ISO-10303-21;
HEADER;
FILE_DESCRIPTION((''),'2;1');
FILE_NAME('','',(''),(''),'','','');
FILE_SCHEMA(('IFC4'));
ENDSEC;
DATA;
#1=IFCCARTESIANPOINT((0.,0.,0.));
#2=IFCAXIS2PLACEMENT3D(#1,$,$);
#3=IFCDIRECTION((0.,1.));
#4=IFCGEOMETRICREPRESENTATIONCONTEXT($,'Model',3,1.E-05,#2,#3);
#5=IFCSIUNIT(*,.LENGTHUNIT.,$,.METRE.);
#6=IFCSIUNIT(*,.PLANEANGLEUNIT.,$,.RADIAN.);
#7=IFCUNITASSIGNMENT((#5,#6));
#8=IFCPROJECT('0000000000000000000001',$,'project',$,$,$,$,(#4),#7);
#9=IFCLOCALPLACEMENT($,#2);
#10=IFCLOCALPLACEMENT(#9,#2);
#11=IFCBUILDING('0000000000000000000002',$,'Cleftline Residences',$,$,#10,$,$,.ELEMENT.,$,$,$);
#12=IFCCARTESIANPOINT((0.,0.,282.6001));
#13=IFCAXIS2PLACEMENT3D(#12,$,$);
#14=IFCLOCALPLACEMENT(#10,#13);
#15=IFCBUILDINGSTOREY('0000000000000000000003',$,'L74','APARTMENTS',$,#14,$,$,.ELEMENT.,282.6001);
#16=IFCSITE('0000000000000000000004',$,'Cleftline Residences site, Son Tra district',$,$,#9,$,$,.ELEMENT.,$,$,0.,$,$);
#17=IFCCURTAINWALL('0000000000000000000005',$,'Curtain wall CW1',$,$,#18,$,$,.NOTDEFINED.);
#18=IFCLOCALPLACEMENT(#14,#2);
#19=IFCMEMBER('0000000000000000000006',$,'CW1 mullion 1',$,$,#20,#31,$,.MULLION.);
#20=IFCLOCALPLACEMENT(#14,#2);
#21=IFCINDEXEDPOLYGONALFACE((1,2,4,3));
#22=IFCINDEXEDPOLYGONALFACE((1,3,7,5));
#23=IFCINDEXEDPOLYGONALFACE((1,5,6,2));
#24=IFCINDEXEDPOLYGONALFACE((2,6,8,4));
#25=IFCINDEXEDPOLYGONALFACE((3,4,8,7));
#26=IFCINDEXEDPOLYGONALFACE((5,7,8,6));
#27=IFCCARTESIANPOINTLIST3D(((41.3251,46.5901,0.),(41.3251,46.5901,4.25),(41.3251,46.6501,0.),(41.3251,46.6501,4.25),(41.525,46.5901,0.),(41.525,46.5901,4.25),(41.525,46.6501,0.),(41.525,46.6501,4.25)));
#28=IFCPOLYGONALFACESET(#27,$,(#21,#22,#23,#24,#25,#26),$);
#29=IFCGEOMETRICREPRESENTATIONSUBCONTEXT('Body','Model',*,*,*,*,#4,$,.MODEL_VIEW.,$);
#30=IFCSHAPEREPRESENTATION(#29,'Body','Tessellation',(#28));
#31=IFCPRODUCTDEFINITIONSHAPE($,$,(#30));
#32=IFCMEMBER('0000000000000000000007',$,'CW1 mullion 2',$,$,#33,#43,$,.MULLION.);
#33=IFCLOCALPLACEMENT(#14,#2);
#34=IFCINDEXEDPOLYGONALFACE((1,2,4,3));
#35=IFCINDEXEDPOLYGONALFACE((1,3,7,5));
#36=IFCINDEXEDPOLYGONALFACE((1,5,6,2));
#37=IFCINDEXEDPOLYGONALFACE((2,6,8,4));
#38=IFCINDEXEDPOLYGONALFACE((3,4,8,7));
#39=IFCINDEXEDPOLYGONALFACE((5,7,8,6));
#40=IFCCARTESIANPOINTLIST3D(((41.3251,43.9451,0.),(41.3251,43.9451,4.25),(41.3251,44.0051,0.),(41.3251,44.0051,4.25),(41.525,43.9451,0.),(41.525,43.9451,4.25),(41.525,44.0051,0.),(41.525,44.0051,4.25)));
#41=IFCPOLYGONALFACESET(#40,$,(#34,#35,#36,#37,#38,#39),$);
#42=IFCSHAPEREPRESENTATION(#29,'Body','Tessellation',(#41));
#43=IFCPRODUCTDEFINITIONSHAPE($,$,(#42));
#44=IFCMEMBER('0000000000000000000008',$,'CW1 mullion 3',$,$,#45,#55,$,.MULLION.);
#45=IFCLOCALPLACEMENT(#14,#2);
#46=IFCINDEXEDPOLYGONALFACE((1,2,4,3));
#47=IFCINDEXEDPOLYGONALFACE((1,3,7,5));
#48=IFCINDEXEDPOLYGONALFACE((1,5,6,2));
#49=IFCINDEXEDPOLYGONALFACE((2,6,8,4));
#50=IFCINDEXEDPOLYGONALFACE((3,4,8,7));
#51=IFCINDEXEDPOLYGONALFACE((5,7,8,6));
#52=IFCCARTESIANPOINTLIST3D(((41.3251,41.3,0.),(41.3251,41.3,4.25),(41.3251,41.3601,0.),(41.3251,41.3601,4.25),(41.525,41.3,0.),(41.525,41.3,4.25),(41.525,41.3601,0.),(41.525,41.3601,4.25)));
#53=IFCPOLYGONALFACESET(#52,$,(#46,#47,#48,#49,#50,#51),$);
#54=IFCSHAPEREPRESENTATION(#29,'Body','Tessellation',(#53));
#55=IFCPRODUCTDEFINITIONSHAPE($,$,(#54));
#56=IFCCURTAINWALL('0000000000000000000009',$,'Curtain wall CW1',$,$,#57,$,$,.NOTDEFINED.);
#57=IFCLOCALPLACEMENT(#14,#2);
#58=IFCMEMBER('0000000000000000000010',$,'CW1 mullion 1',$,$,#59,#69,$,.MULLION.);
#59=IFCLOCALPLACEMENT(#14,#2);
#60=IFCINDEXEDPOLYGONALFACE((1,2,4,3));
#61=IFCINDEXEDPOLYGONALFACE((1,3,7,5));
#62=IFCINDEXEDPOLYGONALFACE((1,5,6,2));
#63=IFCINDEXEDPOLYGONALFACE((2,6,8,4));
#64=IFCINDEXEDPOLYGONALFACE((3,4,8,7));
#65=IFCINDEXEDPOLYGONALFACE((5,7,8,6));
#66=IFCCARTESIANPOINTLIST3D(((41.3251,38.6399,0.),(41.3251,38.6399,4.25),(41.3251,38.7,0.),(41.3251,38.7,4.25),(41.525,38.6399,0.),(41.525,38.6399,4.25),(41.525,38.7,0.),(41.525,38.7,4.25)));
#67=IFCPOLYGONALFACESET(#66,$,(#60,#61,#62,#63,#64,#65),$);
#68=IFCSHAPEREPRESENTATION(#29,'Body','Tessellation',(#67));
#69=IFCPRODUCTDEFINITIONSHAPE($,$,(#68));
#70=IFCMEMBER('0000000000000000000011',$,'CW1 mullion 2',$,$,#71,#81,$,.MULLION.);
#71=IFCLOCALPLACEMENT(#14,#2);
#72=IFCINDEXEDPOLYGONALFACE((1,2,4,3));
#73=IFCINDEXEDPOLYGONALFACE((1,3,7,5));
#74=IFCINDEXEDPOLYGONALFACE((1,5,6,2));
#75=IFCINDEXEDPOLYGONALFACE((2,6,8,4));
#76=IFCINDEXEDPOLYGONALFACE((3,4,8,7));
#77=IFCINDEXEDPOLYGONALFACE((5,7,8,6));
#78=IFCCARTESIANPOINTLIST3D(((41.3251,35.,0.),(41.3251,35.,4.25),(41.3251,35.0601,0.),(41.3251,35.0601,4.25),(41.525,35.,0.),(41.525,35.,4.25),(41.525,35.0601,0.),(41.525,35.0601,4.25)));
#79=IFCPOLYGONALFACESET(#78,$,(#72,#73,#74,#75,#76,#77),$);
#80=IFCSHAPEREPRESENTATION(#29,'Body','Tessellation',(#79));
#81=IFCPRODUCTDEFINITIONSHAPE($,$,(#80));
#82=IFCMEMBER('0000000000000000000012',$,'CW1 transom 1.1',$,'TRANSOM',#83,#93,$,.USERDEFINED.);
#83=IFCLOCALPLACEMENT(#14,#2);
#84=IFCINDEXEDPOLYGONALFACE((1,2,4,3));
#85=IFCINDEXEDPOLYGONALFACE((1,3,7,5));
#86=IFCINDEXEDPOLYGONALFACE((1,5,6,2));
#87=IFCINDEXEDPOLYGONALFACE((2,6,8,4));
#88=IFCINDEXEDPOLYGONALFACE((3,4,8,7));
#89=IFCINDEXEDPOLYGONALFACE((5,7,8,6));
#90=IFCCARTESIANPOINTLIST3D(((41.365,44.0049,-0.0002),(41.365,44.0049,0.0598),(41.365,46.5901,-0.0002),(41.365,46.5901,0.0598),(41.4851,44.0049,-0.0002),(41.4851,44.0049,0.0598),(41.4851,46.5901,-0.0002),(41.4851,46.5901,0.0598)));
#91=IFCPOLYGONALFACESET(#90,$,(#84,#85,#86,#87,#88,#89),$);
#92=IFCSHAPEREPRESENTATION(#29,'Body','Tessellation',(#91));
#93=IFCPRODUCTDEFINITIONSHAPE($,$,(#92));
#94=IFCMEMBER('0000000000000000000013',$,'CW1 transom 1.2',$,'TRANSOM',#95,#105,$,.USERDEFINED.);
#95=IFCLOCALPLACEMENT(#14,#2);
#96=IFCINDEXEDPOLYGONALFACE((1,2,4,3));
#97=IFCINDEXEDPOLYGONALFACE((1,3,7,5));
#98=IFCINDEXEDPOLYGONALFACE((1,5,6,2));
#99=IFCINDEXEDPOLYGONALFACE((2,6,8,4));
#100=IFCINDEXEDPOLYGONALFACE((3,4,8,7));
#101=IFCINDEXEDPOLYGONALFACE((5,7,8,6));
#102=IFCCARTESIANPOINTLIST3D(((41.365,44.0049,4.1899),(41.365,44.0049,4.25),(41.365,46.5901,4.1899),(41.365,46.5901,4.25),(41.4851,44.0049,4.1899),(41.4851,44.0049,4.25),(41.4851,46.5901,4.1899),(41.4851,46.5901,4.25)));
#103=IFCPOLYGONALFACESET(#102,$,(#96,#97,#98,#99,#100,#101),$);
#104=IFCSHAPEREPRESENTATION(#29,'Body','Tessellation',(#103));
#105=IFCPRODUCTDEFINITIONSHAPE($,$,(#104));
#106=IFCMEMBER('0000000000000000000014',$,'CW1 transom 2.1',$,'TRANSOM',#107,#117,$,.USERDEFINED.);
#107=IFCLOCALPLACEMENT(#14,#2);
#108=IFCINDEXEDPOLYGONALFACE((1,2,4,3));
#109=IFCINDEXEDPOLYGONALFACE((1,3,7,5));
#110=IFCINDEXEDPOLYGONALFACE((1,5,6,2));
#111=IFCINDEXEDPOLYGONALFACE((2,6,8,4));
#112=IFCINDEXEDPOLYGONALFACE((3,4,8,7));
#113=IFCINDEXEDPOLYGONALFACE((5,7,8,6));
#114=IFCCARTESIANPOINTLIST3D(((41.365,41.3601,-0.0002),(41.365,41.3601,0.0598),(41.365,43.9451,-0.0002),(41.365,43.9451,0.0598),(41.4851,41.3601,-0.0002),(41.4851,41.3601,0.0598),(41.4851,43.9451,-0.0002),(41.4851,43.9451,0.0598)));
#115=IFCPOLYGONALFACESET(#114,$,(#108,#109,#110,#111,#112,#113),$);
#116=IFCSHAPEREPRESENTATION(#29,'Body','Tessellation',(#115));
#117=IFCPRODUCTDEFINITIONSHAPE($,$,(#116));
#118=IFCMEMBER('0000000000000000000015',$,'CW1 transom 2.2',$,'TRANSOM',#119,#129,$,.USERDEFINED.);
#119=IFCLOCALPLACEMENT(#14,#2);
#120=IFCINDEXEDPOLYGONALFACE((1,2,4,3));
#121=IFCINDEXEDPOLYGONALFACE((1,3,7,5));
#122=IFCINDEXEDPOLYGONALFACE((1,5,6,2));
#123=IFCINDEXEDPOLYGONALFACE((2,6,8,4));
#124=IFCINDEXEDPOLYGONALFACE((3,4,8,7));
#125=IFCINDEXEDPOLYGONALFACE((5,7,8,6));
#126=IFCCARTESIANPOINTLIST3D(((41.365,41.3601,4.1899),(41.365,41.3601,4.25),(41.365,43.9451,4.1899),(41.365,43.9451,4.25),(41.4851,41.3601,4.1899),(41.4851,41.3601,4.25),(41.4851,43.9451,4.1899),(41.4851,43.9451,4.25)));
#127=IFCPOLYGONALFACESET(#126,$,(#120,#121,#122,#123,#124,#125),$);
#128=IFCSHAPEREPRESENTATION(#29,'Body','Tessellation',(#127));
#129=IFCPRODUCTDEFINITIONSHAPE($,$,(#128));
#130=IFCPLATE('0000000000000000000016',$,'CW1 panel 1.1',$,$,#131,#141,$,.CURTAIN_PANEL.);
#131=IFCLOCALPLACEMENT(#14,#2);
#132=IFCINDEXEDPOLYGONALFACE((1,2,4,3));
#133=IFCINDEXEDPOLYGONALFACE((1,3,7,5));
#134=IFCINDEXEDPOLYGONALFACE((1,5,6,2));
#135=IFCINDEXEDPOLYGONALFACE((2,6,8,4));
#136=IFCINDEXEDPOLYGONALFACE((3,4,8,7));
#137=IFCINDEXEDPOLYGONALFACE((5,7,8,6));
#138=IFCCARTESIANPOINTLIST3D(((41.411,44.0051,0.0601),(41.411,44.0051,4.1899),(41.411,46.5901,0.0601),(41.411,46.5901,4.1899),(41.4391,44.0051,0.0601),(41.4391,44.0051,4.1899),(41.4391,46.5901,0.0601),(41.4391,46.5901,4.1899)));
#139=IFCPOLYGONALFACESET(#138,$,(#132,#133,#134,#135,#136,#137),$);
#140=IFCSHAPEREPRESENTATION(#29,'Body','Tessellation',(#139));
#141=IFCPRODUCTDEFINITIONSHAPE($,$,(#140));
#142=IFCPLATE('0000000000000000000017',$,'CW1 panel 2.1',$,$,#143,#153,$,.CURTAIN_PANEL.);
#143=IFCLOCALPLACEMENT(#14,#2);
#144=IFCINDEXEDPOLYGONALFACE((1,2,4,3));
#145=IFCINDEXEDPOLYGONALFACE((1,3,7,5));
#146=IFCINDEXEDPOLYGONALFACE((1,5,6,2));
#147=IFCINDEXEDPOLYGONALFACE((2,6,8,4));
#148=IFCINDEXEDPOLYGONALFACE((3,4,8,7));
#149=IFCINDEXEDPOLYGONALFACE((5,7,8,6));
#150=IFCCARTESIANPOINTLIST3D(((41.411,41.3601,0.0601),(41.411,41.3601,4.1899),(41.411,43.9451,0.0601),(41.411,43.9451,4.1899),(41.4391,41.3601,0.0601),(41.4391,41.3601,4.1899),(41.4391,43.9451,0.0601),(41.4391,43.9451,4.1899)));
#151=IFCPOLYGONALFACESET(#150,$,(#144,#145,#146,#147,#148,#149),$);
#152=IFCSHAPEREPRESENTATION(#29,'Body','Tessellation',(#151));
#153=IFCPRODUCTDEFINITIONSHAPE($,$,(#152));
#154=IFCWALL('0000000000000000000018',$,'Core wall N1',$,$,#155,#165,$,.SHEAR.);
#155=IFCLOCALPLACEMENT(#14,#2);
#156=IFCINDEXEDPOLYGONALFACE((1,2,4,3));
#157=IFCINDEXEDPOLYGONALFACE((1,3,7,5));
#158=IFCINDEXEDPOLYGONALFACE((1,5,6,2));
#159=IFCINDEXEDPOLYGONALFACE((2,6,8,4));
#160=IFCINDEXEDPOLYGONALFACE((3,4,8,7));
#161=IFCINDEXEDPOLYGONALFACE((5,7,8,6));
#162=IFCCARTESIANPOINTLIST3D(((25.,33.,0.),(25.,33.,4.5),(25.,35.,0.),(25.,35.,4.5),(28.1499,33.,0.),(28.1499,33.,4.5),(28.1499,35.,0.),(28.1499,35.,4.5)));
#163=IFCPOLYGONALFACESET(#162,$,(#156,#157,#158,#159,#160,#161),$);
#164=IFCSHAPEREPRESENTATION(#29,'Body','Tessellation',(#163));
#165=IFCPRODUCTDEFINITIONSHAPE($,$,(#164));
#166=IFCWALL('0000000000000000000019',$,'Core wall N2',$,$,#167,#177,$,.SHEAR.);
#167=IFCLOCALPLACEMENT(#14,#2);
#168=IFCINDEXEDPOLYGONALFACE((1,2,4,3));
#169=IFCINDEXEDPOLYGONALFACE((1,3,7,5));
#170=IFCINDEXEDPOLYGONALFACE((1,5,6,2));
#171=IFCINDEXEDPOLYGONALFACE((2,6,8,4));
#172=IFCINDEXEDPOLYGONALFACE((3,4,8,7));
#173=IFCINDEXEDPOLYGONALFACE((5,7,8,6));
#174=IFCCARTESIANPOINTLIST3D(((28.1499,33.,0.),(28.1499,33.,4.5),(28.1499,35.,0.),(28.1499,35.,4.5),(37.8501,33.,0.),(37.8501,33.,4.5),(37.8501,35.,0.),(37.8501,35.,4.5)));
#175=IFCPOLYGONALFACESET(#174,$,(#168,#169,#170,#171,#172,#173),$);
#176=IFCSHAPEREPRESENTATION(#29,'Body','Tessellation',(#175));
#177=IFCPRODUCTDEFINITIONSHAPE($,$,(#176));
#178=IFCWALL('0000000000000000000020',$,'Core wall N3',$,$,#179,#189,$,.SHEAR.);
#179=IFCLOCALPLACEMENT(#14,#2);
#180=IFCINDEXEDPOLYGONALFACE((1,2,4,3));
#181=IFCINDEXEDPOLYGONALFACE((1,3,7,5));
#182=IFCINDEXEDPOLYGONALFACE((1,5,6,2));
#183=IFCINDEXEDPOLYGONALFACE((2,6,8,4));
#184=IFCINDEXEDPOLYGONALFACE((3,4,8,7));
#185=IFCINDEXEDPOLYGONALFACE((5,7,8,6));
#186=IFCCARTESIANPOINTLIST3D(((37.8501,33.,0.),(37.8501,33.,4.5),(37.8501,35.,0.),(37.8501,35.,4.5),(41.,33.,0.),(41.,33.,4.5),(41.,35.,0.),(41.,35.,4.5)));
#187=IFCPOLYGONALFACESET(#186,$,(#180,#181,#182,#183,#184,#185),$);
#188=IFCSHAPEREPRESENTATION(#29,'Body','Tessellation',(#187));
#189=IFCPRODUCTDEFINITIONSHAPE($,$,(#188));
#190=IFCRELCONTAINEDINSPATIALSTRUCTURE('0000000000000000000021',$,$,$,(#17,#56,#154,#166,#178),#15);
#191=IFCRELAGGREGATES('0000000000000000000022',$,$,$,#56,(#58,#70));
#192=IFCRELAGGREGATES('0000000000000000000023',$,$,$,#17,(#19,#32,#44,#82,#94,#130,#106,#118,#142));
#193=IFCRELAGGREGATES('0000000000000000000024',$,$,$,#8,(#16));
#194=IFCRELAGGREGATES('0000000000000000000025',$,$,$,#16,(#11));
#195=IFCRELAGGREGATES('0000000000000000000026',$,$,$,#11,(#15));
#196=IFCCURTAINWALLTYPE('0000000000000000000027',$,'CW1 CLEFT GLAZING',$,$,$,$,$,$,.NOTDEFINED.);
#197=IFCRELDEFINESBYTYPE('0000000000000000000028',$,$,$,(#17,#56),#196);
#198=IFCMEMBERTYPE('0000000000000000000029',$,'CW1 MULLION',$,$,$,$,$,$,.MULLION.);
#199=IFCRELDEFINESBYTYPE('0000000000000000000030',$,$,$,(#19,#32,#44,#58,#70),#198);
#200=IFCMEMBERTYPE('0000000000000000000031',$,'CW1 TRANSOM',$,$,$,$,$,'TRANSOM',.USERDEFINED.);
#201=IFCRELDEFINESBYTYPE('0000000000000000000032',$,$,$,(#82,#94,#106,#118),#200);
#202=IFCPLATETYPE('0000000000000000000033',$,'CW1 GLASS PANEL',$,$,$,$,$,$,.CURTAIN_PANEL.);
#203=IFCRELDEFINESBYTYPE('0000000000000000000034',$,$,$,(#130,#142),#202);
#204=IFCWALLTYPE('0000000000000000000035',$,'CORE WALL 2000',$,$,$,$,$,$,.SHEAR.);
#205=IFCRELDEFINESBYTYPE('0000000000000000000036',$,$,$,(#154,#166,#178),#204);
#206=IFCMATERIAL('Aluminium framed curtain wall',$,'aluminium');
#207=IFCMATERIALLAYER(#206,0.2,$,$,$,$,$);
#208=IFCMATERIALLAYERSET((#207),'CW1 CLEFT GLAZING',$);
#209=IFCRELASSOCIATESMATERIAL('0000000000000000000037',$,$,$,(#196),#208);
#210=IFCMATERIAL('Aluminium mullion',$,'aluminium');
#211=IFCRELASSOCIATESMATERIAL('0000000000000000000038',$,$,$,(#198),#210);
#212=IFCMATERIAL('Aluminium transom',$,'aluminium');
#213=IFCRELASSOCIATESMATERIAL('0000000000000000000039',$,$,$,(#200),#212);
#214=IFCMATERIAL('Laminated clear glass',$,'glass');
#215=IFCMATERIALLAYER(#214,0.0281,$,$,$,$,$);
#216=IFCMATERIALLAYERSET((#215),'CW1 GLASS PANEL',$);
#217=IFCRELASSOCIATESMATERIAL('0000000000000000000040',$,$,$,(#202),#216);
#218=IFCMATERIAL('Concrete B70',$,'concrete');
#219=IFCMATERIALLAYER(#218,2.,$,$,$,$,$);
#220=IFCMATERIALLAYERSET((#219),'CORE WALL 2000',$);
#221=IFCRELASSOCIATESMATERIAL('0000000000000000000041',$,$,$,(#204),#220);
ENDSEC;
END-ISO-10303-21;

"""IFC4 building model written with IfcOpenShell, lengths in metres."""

from ifc_helpers import new_model, si_unit, direction, frame, frame_2d, origin, origin_2d, place, context, subcontext, project, spatial, rectangle, extrude, material, layer, layer_set, material_profile, profile_set, type_object, element, aggregate, save


model = new_model("IFC4")

# Units and contexts
model_context = context("Model", 3, precision=1e-05, world=origin(), true_north=direction((0.0, 1.0)))
body_context = subcontext(model_context, "Body", "Model", "MODEL_VIEW")
ifc_project = project(units=[si_unit("LENGTHUNIT", "METRE"), si_unit("PLANEANGLEUNIT", "RADIAN")], contexts=[model_context])

# Site, building, storey
site_placement = place(None, origin())
site = spatial("IfcSite", under=ifc_project, at=site_placement, Name="Cleftline Residences site, Son Tra district", CompositionType="ELEMENT", RefElevation=0.0)
building_placement = place(site_placement, origin())
building = spatial("IfcBuilding", under=site, at=building_placement, Name="Cleftline Residences", CompositionType="ELEMENT")
storey_placement = place(building_placement, frame((0.0, 0.0, 282.6001)))
storey = spatial("IfcBuildingStorey", under=building, at=storey_placement, Name="L74", Description="APARTMENTS", CompositionType="ELEMENT", Elevation=282.6001)

# Curtain walls, members
ifc_material_1 = material(Name="Aluminium framed curtain wall", Category="aluminium")
ifc_layer_1 = layer(ifc_material_1, 0.2)
ifc_layer_set_1 = layer_set([ifc_layer_1], Name="CW1 CLEFT GLAZING")
curtain_wall_type = type_object("IfcCurtainWallType", Name="CW1 CLEFT GLAZING", PredefinedType="NOTDEFINED", material=ifc_layer_set_1)
curtain_wall_1_placement = place(storey_placement, origin())
curtain_wall_1 = element("IfcCurtainWall", 1, at=curtain_wall_1_placement, inside=storey, type_object=curtain_wall_type, Name="Curtain wall CW1", PredefinedType="NOTDEFINED")
ifc_material_2 = material(Name="Aluminium mullion", Category="aluminium")
ifc_material_profile_1 = material_profile(ifc_material_2, rectangle(XDim=0.2, YDim=0.0601, at=origin_2d()))
ifc_profile_set_1 = profile_set([ifc_material_profile_1], Name="Aluminium mullion")
member_type_1 = type_object("IfcMemberType", Name="CW1 MULLION", PredefinedType="MULLION", material=ifc_profile_set_1)
member_1_placement = place(storey_placement, frame((41.425, 46.6201, 0.0), z_axis=(0.0, 0.0, 1.0), x_axis=(1.0, 0.0, 0.0)))
member_1 = element("IfcMember", 2, at=member_1_placement, type_object=member_type_1, Name="CW1 mullion 1", PredefinedType="MULLION", context=body_context, shape_type="SweptSolid", body=[
    extrude(rectangle(XDim=0.2, YDim=0.0601, at=origin_2d()), origin(), (0.0, 0.0, 1.0), 4.25),
])
member_2_placement = place(storey_placement, frame((41.425, 43.9751, 0.0), z_axis=(0.0, 0.0, 1.0), x_axis=(1.0, 0.0, 0.0)))
member_2 = element("IfcMember", 3, at=member_2_placement, type_object=member_type_1, Name="CW1 mullion 2", PredefinedType="MULLION", context=body_context, shape_type="SweptSolid", body=[
    extrude(rectangle(XDim=0.2, YDim=0.0601, at=origin_2d()), origin(), (0.0, 0.0, 1.0), 4.25),
])
member_3_placement = place(storey_placement, frame((41.425, 41.3301, 0.0), z_axis=(0.0, 0.0, 1.0), x_axis=(1.0, 0.0, 0.0)))
member_3 = element("IfcMember", 4, at=member_3_placement, type_object=member_type_1, Name="CW1 mullion 3", PredefinedType="MULLION", context=body_context, shape_type="SweptSolid", body=[
    extrude(rectangle(XDim=0.2, YDim=0.0601, at=origin_2d()), origin(), (0.0, 0.0, 1.0), 4.25),
])
curtain_wall_2_placement = place(storey_placement, origin())
curtain_wall_2 = element("IfcCurtainWall", 5, at=curtain_wall_2_placement, inside=storey, type_object=curtain_wall_type, Name="Curtain wall CW1", PredefinedType="NOTDEFINED")
member_4_placement = place(storey_placement, frame((41.425, 38.6699, 0.0), z_axis=(0.0, 0.0, 1.0), x_axis=(1.0, 0.0, 0.0)))
member_4 = element("IfcMember", 6, at=member_4_placement, type_object=member_type_1, Name="CW1 mullion 1", PredefinedType="MULLION", context=body_context, shape_type="SweptSolid", body=[
    extrude(rectangle(XDim=0.2, YDim=0.0601, at=origin_2d()), origin(), (0.0, 0.0, 1.0), 4.25),
])
member_5_placement = place(storey_placement, frame((41.425, 35.03, 0.0), z_axis=(0.0, 0.0, 1.0), x_axis=(1.0, 0.0, 0.0)))
member_5 = element("IfcMember", 7, at=member_5_placement, type_object=member_type_1, Name="CW1 mullion 2", PredefinedType="MULLION", context=body_context, shape_type="SweptSolid", body=[
    extrude(rectangle(XDim=0.2, YDim=0.0601, at=origin_2d()), origin(), (0.0, 0.0, 1.0), 4.25),
])
aggregate(curtain_wall_2, [member_4, member_5])

# Members
ifc_material_3 = material(Name="Aluminium transom", Category="aluminium")
ifc_material_profile_2 = material_profile(ifc_material_3, rectangle(XDim=0.1201, YDim=0.0601, at=origin_2d()))
ifc_profile_set_2 = profile_set([ifc_material_profile_2], Name="Aluminium transom")
member_type_2 = type_object("IfcMemberType", Name="CW1 TRANSOM", ElementType="TRANSOM", PredefinedType="USERDEFINED", material=ifc_profile_set_2)
member_6_placement = place(storey_placement, frame((41.425, 46.5901, 0.0298), z_axis=(0.0, -1.0, 0.0), x_axis=(1.0, 0.0, 0.0)))
member_6 = element("IfcMember", 8, at=member_6_placement, type_object=member_type_2, Name="CW1 transom 1.1", ObjectType="TRANSOM", PredefinedType="USERDEFINED", context=body_context, shape_type="SweptSolid", body=[
    extrude(rectangle(XDim=0.1201, YDim=0.0601, at=origin_2d()), origin(), (0.0, 0.0, 1.0), 2.5852),
])
member_7_placement = place(storey_placement, frame((41.425, 46.5901, 4.22), z_axis=(0.0, -1.0, 0.0), x_axis=(1.0, 0.0, 0.0)))
member_7 = element("IfcMember", 9, at=member_7_placement, type_object=member_type_2, Name="CW1 transom 1.2", ObjectType="TRANSOM", PredefinedType="USERDEFINED", context=body_context, shape_type="SweptSolid", body=[
    extrude(rectangle(XDim=0.1201, YDim=0.0601, at=origin_2d()), origin(), (0.0, 0.0, 1.0), 2.5852),
])
member_8_placement = place(storey_placement, frame((41.425, 43.9451, 0.0298), z_axis=(0.0, -1.0, 0.0), x_axis=(1.0, 0.0, 0.0)))
member_8 = element("IfcMember", 10, at=member_8_placement, type_object=member_type_2, Name="CW1 transom 2.1", ObjectType="TRANSOM", PredefinedType="USERDEFINED", context=body_context, shape_type="SweptSolid", body=[
    extrude(rectangle(XDim=0.1201, YDim=0.0601, at=origin_2d()), origin(), (0.0, 0.0, 1.0), 2.585),
])
member_9_placement = place(storey_placement, frame((41.425, 43.9451, 4.22), z_axis=(0.0, -1.0, 0.0), x_axis=(1.0, 0.0, 0.0)))
member_9 = element("IfcMember", 11, at=member_9_placement, type_object=member_type_2, Name="CW1 transom 2.2", ObjectType="TRANSOM", PredefinedType="USERDEFINED", context=body_context, shape_type="SweptSolid", body=[
    extrude(rectangle(XDim=0.1201, YDim=0.0601, at=origin_2d()), origin(), (0.0, 0.0, 1.0), 2.585),
])

# Plates
ifc_material_4 = material(Name="Laminated clear glass", Category="glass")
ifc_layer_2 = layer(ifc_material_4, 0.0281)
ifc_layer_set_2 = layer_set([ifc_layer_2], Name="CW1 GLASS PANEL")
plate_type = type_object("IfcPlateType", Name="CW1 GLASS PANEL", PredefinedType="CURTAIN_PANEL", material=ifc_layer_set_2)
plate_1_placement = place(storey_placement, frame((41.425, 45.2976, 0.0601), z_axis=(0.0, 0.0, 1.0), x_axis=(0.0, -1.0, 0.0)))
plate_1 = element("IfcPlate", 12, at=plate_1_placement, type_object=plate_type, Name="CW1 panel 1.1", PredefinedType="CURTAIN_PANEL", context=body_context, shape_type="SweptSolid", body=[
    extrude(rectangle(XDim=2.585, YDim=0.0281, at=origin_2d()), origin(), (0.0, 0.0, 1.0), 4.1299),
])
plate_2_placement = place(storey_placement, frame((41.425, 42.6526, 0.0601), z_axis=(0.0, 0.0, 1.0), x_axis=(0.0, -1.0, 0.0)))
plate_2 = element("IfcPlate", 13, at=plate_2_placement, type_object=plate_type, Name="CW1 panel 2.1", PredefinedType="CURTAIN_PANEL", context=body_context, shape_type="SweptSolid", body=[
    extrude(rectangle(XDim=2.585, YDim=0.0281, at=origin_2d()), origin(), (0.0, 0.0, 1.0), 4.1299),
])
aggregate(curtain_wall_1, [member_1, member_2, member_3, member_6, member_7, plate_1, member_8, member_9, plate_2])

# Walls
ifc_material_5 = material(Name="Concrete B70", Category="concrete")
ifc_layer_3 = layer(ifc_material_5, 2.0)
ifc_layer_set_3 = layer_set([ifc_layer_3], Name="CORE WALL 2000")
wall_type_1 = type_object("IfcWallType", Name="CORE WALL 2000", PredefinedType="SHEAR", material=ifc_layer_set_3)
wall_1_placement = place(storey_placement, frame((25.0, 34.0, 0.0), z_axis=(0.0, 0.0, 1.0), x_axis=(1.0, 0.0, 0.0)))
element("IfcWall", 14, at=wall_1_placement, inside=storey, type_object=wall_type_1, Name="Core wall N1", PredefinedType="SHEAR", context=body_context, shape_type="SweptSolid", body=[
    extrude(rectangle(XDim=3.1499, YDim=2.0, at=frame_2d((1.575, 0.0))), origin(), (0.0, 0.0, 1.0), 4.5),
])
wall_2_placement = place(storey_placement, frame((28.1499, 34.0, 0.0), z_axis=(0.0, 0.0, 1.0), x_axis=(1.0, 0.0, 0.0)))
element("IfcWall", 15, at=wall_2_placement, inside=storey, type_object=wall_type_1, Name="Core wall N2", PredefinedType="SHEAR", context=body_context, shape_type="SweptSolid", body=[
    extrude(rectangle(XDim=9.7002, YDim=2.0, at=frame_2d((4.8501, 0.0))), origin(), (0.0, 0.0, 1.0), 4.5),
])
wall_3_placement = place(storey_placement, frame((37.8501, 34.0, 0.0), z_axis=(0.0, 0.0, 1.0), x_axis=(1.0, 0.0, 0.0)))
element("IfcWall", 16, at=wall_3_placement, inside=storey, type_object=wall_type_1, Name="Core wall N3", PredefinedType="SHEAR", context=body_context, shape_type="SweptSolid", body=[
    extrude(rectangle(XDim=3.1499, YDim=2.0, at=frame_2d((1.575, 0.0))), origin(), (0.0, 0.0, 1.0), 4.5),
])

save(model, "model.ifc")
